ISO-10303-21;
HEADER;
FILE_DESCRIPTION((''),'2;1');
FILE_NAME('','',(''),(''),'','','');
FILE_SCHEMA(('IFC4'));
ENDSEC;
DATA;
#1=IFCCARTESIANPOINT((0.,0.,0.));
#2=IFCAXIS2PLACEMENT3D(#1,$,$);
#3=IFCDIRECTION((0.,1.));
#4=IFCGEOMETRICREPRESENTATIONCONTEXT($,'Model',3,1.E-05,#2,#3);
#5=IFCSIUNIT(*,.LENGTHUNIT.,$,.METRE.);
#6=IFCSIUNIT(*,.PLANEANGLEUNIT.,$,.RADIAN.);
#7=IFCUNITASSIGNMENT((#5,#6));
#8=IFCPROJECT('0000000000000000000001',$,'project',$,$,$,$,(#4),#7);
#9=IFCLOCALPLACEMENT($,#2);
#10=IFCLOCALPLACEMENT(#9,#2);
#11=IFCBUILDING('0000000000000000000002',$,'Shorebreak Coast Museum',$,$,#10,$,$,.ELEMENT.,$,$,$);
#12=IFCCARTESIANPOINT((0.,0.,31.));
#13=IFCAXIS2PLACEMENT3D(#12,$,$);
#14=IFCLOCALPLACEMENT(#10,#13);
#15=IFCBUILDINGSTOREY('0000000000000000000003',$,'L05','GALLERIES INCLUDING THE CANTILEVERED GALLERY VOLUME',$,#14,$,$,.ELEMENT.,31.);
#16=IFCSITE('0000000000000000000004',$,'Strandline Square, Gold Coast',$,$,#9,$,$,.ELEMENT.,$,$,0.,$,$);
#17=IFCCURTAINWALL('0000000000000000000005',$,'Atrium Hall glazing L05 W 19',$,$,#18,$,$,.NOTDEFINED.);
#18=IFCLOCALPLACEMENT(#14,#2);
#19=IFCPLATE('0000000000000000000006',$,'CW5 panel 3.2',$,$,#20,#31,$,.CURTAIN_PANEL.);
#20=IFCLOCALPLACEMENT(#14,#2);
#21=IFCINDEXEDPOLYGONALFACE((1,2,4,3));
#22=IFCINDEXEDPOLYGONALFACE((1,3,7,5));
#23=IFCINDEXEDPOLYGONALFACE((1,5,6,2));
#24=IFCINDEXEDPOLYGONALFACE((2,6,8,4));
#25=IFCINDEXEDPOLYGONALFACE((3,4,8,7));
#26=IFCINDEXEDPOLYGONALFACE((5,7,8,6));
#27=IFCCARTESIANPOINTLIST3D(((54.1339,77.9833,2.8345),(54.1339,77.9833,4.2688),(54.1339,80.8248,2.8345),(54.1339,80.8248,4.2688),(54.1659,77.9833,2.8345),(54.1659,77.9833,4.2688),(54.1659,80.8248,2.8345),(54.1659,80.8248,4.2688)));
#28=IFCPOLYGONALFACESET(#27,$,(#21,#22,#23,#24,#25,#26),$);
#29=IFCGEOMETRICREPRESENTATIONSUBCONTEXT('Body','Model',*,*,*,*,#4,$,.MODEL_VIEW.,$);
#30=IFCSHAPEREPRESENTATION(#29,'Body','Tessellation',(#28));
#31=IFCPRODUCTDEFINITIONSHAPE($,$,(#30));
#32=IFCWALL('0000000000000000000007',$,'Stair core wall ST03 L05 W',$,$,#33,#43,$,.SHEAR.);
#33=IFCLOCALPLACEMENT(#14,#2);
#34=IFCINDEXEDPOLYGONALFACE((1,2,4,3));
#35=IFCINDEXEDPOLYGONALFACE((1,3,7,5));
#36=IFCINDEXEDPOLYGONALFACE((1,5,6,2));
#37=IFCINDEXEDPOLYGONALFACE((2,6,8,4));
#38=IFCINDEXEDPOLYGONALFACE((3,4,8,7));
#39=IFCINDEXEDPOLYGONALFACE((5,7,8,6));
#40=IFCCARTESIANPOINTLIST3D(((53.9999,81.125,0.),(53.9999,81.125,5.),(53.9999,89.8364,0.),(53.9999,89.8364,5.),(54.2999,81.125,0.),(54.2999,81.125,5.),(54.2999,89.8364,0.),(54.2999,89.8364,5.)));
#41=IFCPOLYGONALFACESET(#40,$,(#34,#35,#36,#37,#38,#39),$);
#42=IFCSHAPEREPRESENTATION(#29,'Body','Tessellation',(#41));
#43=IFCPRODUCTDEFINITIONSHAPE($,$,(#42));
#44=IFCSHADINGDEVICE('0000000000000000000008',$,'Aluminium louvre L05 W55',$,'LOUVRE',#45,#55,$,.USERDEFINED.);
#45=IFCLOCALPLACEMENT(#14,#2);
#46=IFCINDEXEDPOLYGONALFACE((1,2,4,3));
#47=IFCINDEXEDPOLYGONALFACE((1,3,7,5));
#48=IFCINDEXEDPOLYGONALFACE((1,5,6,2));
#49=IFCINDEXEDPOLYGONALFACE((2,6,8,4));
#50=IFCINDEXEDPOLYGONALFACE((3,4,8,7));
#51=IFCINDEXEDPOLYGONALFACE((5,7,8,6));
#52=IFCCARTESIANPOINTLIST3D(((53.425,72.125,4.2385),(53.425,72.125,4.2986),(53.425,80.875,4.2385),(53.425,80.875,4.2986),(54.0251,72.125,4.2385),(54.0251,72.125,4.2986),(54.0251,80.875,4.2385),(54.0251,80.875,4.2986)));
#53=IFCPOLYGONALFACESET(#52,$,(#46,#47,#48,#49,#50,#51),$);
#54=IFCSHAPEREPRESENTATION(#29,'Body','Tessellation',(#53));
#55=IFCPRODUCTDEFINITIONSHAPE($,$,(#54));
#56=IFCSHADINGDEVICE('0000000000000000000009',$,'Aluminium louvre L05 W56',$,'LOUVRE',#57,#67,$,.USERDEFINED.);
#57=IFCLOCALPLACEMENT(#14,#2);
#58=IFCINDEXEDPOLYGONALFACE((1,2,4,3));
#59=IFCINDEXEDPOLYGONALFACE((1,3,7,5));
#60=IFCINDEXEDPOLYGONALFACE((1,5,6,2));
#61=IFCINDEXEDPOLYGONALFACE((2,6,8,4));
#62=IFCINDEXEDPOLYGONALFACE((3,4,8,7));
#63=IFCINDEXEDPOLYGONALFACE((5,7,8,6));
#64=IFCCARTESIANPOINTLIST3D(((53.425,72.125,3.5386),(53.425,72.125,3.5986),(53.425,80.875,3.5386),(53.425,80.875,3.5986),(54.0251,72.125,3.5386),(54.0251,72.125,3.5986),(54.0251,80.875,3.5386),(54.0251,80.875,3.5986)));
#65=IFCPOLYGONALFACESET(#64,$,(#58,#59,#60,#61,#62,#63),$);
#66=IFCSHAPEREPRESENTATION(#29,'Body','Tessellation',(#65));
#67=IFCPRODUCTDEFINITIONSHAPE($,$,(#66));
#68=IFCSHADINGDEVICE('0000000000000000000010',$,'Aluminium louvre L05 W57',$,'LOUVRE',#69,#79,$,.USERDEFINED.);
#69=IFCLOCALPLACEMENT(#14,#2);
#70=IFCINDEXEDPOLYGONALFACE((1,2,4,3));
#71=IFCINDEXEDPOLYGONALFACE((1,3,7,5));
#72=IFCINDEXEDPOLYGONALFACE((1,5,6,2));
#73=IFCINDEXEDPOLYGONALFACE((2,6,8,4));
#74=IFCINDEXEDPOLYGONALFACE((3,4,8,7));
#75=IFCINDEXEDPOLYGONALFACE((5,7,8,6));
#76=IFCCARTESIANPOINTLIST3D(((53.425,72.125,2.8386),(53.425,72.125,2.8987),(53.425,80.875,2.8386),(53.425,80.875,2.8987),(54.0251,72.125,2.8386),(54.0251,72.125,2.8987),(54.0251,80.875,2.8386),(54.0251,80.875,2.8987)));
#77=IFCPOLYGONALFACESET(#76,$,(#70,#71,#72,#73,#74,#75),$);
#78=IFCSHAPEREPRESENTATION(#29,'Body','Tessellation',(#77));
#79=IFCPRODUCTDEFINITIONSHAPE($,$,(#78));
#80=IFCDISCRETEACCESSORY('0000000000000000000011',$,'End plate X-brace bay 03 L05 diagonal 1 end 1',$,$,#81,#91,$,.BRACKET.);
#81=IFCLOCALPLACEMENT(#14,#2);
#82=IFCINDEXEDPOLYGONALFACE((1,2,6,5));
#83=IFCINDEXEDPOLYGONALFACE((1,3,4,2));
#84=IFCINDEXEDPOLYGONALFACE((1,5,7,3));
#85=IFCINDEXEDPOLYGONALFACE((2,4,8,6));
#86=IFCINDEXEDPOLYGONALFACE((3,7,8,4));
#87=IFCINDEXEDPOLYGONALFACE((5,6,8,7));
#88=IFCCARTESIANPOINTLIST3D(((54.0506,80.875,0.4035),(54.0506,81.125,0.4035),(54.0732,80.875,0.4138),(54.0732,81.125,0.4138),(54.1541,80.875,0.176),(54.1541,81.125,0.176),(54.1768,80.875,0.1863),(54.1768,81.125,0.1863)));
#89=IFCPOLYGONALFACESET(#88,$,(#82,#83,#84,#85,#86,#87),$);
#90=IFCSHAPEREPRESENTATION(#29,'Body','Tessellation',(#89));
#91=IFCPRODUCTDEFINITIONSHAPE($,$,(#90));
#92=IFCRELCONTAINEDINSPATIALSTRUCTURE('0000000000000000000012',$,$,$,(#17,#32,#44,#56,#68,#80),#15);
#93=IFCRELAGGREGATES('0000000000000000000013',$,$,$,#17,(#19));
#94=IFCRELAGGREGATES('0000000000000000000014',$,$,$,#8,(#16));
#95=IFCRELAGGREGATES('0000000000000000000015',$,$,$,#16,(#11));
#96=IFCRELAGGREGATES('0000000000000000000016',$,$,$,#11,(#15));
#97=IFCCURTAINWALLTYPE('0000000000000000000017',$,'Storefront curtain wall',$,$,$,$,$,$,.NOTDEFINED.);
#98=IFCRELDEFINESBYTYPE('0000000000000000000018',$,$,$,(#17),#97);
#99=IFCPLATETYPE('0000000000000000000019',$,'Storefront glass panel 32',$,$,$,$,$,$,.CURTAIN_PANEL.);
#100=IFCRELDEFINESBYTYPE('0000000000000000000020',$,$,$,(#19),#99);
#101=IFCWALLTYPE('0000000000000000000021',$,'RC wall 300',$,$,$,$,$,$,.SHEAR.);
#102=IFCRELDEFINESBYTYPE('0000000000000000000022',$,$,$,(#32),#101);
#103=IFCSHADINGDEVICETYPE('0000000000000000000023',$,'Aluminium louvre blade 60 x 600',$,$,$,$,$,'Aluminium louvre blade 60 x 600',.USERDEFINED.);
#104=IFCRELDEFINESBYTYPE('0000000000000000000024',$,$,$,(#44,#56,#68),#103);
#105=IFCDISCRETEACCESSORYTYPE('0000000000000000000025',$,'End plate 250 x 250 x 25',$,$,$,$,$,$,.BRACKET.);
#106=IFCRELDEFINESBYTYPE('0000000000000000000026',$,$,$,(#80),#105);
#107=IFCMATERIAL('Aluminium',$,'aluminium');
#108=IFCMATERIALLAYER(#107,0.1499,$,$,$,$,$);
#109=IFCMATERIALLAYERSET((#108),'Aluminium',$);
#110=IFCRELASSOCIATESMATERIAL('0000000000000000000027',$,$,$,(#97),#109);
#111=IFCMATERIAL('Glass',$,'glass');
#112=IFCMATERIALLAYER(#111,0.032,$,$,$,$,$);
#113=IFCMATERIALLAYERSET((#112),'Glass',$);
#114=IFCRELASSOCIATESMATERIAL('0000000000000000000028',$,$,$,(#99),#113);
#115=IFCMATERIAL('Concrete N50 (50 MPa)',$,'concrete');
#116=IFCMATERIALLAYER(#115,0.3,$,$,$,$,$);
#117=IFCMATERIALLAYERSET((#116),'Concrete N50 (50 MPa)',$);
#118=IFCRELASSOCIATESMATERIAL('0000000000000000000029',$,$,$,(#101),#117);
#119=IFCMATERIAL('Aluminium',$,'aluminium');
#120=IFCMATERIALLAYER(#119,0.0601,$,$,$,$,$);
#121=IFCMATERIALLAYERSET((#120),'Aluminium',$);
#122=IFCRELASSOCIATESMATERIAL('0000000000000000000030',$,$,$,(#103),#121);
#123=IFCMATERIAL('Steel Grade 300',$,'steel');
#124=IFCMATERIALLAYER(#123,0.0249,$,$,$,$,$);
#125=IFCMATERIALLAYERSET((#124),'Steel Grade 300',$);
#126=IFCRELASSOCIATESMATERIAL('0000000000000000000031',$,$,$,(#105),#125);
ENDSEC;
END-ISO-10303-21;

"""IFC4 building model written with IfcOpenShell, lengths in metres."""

from ifc_helpers import new_model, si_unit, direction, frame, frame_2d, origin, origin_2d, place, context, subcontext, project, spatial, polyline, rectangle, outline, extrude, material, layer, layer_set, type_object, element, aggregate, save


model = new_model("IFC4")

# Units and contexts
model_context = context("Model", 3, precision=1e-05, world=origin(), true_north=direction((0.0, 1.0)))
body_context = subcontext(model_context, "Body", "Model", "MODEL_VIEW")
ifc_project = project(units=[si_unit("LENGTHUNIT", "METRE"), si_unit("PLANEANGLEUNIT", "RADIAN")], contexts=[model_context])

# Site, building, storey
site_placement = place(None, origin())
site = spatial("IfcSite", under=ifc_project, at=site_placement, Name="Strandline Square, Gold Coast", CompositionType="ELEMENT", RefElevation=0.0)
building_placement = place(site_placement, origin())
building = spatial("IfcBuilding", under=site, at=building_placement, Name="Shorebreak Coast Museum", CompositionType="ELEMENT")
storey_placement = place(building_placement, frame((0.0, 0.0, 31.0)))
storey = spatial("IfcBuildingStorey", under=building, at=storey_placement, Name="L05", Description="GALLERIES INCLUDING THE CANTILEVERED GALLERY VOLUME", CompositionType="ELEMENT", Elevation=31.0)

# Curtain wall
ifc_material_1 = material(Name="Aluminium", Category="aluminium")
ifc_layer_1 = layer(ifc_material_1, 0.1499)
ifc_layer_set_1 = layer_set([ifc_layer_1], Name="Aluminium")
curtain_wall_type = type_object("IfcCurtainWallType", Name="Storefront curtain wall", PredefinedType="NOTDEFINED", material=ifc_layer_set_1)
curtain_wall_placement = place(storey_placement, origin())
curtain_wall = element("IfcCurtainWall", 1, at=curtain_wall_placement, inside=storey, type_object=curtain_wall_type, Name="Atrium Hall glazing L05 W 19", PredefinedType="NOTDEFINED")

# Plate
ifc_material_2 = material(Name="Glass", Category="glass")
ifc_layer_2 = layer(ifc_material_2, 0.032)
ifc_layer_set_2 = layer_set([ifc_layer_2], Name="Glass")
plate_type = type_object("IfcPlateType", Name="Storefront glass panel 32", PredefinedType="CURTAIN_PANEL", material=ifc_layer_set_2)
plate_1_placement = place(storey_placement, frame((54.1499, 79.4041, 2.8345), z_axis=(0.0, 0.0, 1.0), x_axis=(0.0, 1.0, 0.0)))
plate_1 = element("IfcPlate", 2, at=plate_1_placement, type_object=plate_type, Name="CW5 panel 3.2", PredefinedType="CURTAIN_PANEL", context=body_context, shape_type="SweptSolid", body=[
    extrude(rectangle(XDim=2.8416, YDim=0.032, at=origin_2d()), origin(), (0.0, 0.0, 1.0), 1.4343),
])
aggregate(curtain_wall, [plate_1])

# Wall
ifc_material_3 = material(Name="Concrete N50 (50 MPa)", Category="concrete")
ifc_layer_3 = layer(ifc_material_3, 0.3)
ifc_layer_set_3 = layer_set([ifc_layer_3], Name="Concrete N50 (50 MPa)")
wall_type = type_object("IfcWallType", Name="RC wall 300", PredefinedType="SHEAR", material=ifc_layer_set_3)
wall_placement = place(storey_placement, frame((54.1499, 81.125, 0.0), z_axis=(0.0, 0.0, 1.0), x_axis=(0.0, 1.0, 0.0)))
element("IfcWall", 3, at=wall_placement, inside=storey, type_object=wall_type, Name="Stair core wall ST03 L05 W", PredefinedType="SHEAR", context=body_context, shape_type="SweptSolid", body=[
    extrude(rectangle(XDim=8.7114, YDim=0.3, at=frame_2d((4.3557, 0.0))), origin(), (0.0, 0.0, 1.0), 5.0),
])

# Shading devices
ifc_material_4 = material(Name="Aluminium", Category="aluminium")
ifc_layer_4 = layer(ifc_material_4, 0.0601)
ifc_layer_set_4 = layer_set([ifc_layer_4], Name="Aluminium")
shading_device_type = type_object("IfcShadingDeviceType", Name="Aluminium louvre blade 60 x 600", ElementType="Aluminium louvre blade 60 x 600", PredefinedType="USERDEFINED", material=ifc_layer_set_4)
for number, where, z_axis, x_axis, name in (
    (4, (53.7251, 76.5, 4.2385), (0.0, 0.0, 1.0), (1.0, 0.0, 0.0), "Aluminium louvre L05 W55"),
    (5, (53.7251, 76.5, 3.5386), (0.0, 0.0, 1.0), (1.0, 0.0, 0.0), "Aluminium louvre L05 W56"),
    (6, (53.7251, 76.5, 2.8386), (0.0, 0.0, 1.0), (1.0, 0.0, 0.0), "Aluminium louvre L05 W57"),
):
    element("IfcShadingDevice", number, at=place(storey_placement, frame(where, z_axis=z_axis, x_axis=x_axis)), inside=storey, type_object=shading_device_type, Name=name, ObjectType="LOUVRE", PredefinedType="USERDEFINED", context=body_context, shape_type="SweptSolid", body=[
        extrude(rectangle(XDim=0.6001, YDim=8.75, at=origin_2d()), origin(), (0.0, 0.0, 1.0), 0.0601),
    ])

# Discrete accessory
ifc_material_5 = material(Name="Steel Grade 300", Category="steel")
ifc_layer_5 = layer(ifc_material_5, 0.0249)
ifc_layer_set_5 = layer_set([ifc_layer_5], Name="Steel Grade 300")
discrete_accessory_type = type_object("IfcDiscreteAccessoryType", Name="End plate 250 x 250 x 25", PredefinedType="BRACKET", material=ifc_layer_set_5)
discrete_accessory_placement = place(storey_placement, frame((54.1768, 80.875, 0.1863), z_axis=(0.910233, 0.0, 0.414097), x_axis=(0.0, 1.0, 0.0)))
element("IfcDiscreteAccessory", 7, at=discrete_accessory_placement, inside=storey, type_object=discrete_accessory_type, Name="End plate X-brace bay 03 L05 diagonal 1 end 1", PredefinedType="BRACKET", context=body_context, shape_type="SweptSolid", body=[
    extrude(outline(polyline([(0.0, 0.0), (0.25, 0.0), (0.25, 0.25), (0.0, 0.25), (0.0, 0.0)])), origin(), (0.0, 0.0, -1.0), 0.0249),
])

save(model, "model.ifc")
